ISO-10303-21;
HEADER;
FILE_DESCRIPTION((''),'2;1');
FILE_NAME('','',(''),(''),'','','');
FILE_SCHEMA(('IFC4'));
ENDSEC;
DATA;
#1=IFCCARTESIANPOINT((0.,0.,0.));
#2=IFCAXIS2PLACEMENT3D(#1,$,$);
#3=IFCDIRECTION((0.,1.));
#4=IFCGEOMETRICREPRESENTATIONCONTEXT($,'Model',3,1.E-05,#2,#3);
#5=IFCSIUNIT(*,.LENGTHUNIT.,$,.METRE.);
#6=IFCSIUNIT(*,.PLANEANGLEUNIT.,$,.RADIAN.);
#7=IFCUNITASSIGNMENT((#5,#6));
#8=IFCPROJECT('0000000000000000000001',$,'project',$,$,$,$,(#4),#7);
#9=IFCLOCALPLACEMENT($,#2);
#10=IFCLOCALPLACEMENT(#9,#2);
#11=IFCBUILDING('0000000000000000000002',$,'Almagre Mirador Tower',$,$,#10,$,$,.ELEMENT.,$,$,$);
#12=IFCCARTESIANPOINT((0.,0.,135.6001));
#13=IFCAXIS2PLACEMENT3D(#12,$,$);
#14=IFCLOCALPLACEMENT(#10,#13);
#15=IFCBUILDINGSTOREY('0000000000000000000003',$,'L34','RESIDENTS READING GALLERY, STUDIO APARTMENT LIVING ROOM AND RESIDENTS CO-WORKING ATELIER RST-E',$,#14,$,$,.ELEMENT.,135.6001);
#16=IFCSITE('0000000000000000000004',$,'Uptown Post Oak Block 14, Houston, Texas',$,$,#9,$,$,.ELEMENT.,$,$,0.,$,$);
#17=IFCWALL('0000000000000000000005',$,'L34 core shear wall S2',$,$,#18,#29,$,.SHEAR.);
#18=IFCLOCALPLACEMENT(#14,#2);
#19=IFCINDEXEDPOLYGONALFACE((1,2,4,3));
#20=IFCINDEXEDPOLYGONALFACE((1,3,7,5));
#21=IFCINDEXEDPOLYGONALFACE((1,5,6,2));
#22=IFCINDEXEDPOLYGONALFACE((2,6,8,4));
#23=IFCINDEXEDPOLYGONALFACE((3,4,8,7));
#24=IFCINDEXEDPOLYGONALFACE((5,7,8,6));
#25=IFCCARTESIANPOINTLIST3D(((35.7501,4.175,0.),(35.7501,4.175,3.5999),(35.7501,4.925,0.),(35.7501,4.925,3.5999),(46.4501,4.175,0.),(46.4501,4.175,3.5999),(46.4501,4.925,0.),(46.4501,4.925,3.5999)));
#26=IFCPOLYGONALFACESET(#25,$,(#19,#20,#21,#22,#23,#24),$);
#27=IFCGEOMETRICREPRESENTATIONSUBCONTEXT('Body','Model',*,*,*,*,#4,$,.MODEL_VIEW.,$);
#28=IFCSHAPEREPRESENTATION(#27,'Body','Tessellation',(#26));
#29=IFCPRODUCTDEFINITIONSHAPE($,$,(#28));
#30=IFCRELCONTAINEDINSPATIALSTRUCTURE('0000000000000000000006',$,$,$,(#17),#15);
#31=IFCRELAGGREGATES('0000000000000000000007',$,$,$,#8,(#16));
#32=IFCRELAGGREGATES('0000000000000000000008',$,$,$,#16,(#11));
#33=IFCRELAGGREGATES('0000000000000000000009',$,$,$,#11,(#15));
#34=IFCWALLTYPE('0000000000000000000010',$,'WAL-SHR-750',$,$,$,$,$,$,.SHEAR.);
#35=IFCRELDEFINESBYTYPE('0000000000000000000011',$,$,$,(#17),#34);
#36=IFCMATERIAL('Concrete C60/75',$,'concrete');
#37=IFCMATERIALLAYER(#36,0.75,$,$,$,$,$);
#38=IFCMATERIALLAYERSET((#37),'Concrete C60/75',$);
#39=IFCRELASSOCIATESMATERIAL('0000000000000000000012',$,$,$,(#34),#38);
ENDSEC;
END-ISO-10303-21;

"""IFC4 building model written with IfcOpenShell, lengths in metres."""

from ifc_helpers import new_model, si_unit, direction, frame, frame_2d, origin, place, context, subcontext, project, spatial, rectangle, extrude, material, layer, layer_set, type_object, element, save


model = new_model("IFC4")

# Units and contexts
model_context = context("Model", 3, precision=1e-05, world=origin(), true_north=direction((0.0, 1.0)))
body_context = subcontext(model_context, "Body", "Model", "MODEL_VIEW")
ifc_project = project(units=[si_unit("LENGTHUNIT", "METRE"), si_unit("PLANEANGLEUNIT", "RADIAN")], contexts=[model_context])

# Site, building, storey
site_placement = place(None, origin())
site = spatial("IfcSite", under=ifc_project, at=site_placement, Name="Uptown Post Oak Block 14, Houston, Texas", CompositionType="ELEMENT", RefElevation=0.0)
building_placement = place(site_placement, origin())
building = spatial("IfcBuilding", under=site, at=building_placement, Name="Almagre Mirador Tower", CompositionType="ELEMENT")
storey_placement = place(building_placement, frame((0.0, 0.0, 135.6001)))
storey = spatial("IfcBuildingStorey", under=building, at=storey_placement, Name="L34", Description="RESIDENTS READING GALLERY, STUDIO APARTMENT LIVING ROOM AND RESIDENTS CO-WORKING ATELIER RST-E", CompositionType="ELEMENT", Elevation=135.6001)

# Wall
ifc_material_1 = material(Name="Concrete C60/75", Category="concrete")
ifc_layer_1 = layer(ifc_material_1, 0.75)
ifc_layer_set_1 = layer_set([ifc_layer_1], Name="Concrete C60/75")
wall_type_1 = type_object("IfcWallType", Name="WAL-SHR-750", PredefinedType="SHEAR", material=ifc_layer_set_1)
wall_1_placement = place(storey_placement, frame((35.75, 4.55, 0.0), z_axis=(0.0, 0.0, 1.0), x_axis=(1.0, 0.0, 0.0)))
element("IfcWall", 1, at=wall_1_placement, inside=storey, type_object=wall_type_1, Name="L34 core shear wall S2", PredefinedType="SHEAR", context=body_context, shape_type="SweptSolid", body=[
    extrude(rectangle(XDim=10.7, YDim=0.75, at=frame_2d((5.3501, 0.0))), origin(), (0.0, 0.0, 1.0), 3.5999),
])

save(model, "model.ifc")
